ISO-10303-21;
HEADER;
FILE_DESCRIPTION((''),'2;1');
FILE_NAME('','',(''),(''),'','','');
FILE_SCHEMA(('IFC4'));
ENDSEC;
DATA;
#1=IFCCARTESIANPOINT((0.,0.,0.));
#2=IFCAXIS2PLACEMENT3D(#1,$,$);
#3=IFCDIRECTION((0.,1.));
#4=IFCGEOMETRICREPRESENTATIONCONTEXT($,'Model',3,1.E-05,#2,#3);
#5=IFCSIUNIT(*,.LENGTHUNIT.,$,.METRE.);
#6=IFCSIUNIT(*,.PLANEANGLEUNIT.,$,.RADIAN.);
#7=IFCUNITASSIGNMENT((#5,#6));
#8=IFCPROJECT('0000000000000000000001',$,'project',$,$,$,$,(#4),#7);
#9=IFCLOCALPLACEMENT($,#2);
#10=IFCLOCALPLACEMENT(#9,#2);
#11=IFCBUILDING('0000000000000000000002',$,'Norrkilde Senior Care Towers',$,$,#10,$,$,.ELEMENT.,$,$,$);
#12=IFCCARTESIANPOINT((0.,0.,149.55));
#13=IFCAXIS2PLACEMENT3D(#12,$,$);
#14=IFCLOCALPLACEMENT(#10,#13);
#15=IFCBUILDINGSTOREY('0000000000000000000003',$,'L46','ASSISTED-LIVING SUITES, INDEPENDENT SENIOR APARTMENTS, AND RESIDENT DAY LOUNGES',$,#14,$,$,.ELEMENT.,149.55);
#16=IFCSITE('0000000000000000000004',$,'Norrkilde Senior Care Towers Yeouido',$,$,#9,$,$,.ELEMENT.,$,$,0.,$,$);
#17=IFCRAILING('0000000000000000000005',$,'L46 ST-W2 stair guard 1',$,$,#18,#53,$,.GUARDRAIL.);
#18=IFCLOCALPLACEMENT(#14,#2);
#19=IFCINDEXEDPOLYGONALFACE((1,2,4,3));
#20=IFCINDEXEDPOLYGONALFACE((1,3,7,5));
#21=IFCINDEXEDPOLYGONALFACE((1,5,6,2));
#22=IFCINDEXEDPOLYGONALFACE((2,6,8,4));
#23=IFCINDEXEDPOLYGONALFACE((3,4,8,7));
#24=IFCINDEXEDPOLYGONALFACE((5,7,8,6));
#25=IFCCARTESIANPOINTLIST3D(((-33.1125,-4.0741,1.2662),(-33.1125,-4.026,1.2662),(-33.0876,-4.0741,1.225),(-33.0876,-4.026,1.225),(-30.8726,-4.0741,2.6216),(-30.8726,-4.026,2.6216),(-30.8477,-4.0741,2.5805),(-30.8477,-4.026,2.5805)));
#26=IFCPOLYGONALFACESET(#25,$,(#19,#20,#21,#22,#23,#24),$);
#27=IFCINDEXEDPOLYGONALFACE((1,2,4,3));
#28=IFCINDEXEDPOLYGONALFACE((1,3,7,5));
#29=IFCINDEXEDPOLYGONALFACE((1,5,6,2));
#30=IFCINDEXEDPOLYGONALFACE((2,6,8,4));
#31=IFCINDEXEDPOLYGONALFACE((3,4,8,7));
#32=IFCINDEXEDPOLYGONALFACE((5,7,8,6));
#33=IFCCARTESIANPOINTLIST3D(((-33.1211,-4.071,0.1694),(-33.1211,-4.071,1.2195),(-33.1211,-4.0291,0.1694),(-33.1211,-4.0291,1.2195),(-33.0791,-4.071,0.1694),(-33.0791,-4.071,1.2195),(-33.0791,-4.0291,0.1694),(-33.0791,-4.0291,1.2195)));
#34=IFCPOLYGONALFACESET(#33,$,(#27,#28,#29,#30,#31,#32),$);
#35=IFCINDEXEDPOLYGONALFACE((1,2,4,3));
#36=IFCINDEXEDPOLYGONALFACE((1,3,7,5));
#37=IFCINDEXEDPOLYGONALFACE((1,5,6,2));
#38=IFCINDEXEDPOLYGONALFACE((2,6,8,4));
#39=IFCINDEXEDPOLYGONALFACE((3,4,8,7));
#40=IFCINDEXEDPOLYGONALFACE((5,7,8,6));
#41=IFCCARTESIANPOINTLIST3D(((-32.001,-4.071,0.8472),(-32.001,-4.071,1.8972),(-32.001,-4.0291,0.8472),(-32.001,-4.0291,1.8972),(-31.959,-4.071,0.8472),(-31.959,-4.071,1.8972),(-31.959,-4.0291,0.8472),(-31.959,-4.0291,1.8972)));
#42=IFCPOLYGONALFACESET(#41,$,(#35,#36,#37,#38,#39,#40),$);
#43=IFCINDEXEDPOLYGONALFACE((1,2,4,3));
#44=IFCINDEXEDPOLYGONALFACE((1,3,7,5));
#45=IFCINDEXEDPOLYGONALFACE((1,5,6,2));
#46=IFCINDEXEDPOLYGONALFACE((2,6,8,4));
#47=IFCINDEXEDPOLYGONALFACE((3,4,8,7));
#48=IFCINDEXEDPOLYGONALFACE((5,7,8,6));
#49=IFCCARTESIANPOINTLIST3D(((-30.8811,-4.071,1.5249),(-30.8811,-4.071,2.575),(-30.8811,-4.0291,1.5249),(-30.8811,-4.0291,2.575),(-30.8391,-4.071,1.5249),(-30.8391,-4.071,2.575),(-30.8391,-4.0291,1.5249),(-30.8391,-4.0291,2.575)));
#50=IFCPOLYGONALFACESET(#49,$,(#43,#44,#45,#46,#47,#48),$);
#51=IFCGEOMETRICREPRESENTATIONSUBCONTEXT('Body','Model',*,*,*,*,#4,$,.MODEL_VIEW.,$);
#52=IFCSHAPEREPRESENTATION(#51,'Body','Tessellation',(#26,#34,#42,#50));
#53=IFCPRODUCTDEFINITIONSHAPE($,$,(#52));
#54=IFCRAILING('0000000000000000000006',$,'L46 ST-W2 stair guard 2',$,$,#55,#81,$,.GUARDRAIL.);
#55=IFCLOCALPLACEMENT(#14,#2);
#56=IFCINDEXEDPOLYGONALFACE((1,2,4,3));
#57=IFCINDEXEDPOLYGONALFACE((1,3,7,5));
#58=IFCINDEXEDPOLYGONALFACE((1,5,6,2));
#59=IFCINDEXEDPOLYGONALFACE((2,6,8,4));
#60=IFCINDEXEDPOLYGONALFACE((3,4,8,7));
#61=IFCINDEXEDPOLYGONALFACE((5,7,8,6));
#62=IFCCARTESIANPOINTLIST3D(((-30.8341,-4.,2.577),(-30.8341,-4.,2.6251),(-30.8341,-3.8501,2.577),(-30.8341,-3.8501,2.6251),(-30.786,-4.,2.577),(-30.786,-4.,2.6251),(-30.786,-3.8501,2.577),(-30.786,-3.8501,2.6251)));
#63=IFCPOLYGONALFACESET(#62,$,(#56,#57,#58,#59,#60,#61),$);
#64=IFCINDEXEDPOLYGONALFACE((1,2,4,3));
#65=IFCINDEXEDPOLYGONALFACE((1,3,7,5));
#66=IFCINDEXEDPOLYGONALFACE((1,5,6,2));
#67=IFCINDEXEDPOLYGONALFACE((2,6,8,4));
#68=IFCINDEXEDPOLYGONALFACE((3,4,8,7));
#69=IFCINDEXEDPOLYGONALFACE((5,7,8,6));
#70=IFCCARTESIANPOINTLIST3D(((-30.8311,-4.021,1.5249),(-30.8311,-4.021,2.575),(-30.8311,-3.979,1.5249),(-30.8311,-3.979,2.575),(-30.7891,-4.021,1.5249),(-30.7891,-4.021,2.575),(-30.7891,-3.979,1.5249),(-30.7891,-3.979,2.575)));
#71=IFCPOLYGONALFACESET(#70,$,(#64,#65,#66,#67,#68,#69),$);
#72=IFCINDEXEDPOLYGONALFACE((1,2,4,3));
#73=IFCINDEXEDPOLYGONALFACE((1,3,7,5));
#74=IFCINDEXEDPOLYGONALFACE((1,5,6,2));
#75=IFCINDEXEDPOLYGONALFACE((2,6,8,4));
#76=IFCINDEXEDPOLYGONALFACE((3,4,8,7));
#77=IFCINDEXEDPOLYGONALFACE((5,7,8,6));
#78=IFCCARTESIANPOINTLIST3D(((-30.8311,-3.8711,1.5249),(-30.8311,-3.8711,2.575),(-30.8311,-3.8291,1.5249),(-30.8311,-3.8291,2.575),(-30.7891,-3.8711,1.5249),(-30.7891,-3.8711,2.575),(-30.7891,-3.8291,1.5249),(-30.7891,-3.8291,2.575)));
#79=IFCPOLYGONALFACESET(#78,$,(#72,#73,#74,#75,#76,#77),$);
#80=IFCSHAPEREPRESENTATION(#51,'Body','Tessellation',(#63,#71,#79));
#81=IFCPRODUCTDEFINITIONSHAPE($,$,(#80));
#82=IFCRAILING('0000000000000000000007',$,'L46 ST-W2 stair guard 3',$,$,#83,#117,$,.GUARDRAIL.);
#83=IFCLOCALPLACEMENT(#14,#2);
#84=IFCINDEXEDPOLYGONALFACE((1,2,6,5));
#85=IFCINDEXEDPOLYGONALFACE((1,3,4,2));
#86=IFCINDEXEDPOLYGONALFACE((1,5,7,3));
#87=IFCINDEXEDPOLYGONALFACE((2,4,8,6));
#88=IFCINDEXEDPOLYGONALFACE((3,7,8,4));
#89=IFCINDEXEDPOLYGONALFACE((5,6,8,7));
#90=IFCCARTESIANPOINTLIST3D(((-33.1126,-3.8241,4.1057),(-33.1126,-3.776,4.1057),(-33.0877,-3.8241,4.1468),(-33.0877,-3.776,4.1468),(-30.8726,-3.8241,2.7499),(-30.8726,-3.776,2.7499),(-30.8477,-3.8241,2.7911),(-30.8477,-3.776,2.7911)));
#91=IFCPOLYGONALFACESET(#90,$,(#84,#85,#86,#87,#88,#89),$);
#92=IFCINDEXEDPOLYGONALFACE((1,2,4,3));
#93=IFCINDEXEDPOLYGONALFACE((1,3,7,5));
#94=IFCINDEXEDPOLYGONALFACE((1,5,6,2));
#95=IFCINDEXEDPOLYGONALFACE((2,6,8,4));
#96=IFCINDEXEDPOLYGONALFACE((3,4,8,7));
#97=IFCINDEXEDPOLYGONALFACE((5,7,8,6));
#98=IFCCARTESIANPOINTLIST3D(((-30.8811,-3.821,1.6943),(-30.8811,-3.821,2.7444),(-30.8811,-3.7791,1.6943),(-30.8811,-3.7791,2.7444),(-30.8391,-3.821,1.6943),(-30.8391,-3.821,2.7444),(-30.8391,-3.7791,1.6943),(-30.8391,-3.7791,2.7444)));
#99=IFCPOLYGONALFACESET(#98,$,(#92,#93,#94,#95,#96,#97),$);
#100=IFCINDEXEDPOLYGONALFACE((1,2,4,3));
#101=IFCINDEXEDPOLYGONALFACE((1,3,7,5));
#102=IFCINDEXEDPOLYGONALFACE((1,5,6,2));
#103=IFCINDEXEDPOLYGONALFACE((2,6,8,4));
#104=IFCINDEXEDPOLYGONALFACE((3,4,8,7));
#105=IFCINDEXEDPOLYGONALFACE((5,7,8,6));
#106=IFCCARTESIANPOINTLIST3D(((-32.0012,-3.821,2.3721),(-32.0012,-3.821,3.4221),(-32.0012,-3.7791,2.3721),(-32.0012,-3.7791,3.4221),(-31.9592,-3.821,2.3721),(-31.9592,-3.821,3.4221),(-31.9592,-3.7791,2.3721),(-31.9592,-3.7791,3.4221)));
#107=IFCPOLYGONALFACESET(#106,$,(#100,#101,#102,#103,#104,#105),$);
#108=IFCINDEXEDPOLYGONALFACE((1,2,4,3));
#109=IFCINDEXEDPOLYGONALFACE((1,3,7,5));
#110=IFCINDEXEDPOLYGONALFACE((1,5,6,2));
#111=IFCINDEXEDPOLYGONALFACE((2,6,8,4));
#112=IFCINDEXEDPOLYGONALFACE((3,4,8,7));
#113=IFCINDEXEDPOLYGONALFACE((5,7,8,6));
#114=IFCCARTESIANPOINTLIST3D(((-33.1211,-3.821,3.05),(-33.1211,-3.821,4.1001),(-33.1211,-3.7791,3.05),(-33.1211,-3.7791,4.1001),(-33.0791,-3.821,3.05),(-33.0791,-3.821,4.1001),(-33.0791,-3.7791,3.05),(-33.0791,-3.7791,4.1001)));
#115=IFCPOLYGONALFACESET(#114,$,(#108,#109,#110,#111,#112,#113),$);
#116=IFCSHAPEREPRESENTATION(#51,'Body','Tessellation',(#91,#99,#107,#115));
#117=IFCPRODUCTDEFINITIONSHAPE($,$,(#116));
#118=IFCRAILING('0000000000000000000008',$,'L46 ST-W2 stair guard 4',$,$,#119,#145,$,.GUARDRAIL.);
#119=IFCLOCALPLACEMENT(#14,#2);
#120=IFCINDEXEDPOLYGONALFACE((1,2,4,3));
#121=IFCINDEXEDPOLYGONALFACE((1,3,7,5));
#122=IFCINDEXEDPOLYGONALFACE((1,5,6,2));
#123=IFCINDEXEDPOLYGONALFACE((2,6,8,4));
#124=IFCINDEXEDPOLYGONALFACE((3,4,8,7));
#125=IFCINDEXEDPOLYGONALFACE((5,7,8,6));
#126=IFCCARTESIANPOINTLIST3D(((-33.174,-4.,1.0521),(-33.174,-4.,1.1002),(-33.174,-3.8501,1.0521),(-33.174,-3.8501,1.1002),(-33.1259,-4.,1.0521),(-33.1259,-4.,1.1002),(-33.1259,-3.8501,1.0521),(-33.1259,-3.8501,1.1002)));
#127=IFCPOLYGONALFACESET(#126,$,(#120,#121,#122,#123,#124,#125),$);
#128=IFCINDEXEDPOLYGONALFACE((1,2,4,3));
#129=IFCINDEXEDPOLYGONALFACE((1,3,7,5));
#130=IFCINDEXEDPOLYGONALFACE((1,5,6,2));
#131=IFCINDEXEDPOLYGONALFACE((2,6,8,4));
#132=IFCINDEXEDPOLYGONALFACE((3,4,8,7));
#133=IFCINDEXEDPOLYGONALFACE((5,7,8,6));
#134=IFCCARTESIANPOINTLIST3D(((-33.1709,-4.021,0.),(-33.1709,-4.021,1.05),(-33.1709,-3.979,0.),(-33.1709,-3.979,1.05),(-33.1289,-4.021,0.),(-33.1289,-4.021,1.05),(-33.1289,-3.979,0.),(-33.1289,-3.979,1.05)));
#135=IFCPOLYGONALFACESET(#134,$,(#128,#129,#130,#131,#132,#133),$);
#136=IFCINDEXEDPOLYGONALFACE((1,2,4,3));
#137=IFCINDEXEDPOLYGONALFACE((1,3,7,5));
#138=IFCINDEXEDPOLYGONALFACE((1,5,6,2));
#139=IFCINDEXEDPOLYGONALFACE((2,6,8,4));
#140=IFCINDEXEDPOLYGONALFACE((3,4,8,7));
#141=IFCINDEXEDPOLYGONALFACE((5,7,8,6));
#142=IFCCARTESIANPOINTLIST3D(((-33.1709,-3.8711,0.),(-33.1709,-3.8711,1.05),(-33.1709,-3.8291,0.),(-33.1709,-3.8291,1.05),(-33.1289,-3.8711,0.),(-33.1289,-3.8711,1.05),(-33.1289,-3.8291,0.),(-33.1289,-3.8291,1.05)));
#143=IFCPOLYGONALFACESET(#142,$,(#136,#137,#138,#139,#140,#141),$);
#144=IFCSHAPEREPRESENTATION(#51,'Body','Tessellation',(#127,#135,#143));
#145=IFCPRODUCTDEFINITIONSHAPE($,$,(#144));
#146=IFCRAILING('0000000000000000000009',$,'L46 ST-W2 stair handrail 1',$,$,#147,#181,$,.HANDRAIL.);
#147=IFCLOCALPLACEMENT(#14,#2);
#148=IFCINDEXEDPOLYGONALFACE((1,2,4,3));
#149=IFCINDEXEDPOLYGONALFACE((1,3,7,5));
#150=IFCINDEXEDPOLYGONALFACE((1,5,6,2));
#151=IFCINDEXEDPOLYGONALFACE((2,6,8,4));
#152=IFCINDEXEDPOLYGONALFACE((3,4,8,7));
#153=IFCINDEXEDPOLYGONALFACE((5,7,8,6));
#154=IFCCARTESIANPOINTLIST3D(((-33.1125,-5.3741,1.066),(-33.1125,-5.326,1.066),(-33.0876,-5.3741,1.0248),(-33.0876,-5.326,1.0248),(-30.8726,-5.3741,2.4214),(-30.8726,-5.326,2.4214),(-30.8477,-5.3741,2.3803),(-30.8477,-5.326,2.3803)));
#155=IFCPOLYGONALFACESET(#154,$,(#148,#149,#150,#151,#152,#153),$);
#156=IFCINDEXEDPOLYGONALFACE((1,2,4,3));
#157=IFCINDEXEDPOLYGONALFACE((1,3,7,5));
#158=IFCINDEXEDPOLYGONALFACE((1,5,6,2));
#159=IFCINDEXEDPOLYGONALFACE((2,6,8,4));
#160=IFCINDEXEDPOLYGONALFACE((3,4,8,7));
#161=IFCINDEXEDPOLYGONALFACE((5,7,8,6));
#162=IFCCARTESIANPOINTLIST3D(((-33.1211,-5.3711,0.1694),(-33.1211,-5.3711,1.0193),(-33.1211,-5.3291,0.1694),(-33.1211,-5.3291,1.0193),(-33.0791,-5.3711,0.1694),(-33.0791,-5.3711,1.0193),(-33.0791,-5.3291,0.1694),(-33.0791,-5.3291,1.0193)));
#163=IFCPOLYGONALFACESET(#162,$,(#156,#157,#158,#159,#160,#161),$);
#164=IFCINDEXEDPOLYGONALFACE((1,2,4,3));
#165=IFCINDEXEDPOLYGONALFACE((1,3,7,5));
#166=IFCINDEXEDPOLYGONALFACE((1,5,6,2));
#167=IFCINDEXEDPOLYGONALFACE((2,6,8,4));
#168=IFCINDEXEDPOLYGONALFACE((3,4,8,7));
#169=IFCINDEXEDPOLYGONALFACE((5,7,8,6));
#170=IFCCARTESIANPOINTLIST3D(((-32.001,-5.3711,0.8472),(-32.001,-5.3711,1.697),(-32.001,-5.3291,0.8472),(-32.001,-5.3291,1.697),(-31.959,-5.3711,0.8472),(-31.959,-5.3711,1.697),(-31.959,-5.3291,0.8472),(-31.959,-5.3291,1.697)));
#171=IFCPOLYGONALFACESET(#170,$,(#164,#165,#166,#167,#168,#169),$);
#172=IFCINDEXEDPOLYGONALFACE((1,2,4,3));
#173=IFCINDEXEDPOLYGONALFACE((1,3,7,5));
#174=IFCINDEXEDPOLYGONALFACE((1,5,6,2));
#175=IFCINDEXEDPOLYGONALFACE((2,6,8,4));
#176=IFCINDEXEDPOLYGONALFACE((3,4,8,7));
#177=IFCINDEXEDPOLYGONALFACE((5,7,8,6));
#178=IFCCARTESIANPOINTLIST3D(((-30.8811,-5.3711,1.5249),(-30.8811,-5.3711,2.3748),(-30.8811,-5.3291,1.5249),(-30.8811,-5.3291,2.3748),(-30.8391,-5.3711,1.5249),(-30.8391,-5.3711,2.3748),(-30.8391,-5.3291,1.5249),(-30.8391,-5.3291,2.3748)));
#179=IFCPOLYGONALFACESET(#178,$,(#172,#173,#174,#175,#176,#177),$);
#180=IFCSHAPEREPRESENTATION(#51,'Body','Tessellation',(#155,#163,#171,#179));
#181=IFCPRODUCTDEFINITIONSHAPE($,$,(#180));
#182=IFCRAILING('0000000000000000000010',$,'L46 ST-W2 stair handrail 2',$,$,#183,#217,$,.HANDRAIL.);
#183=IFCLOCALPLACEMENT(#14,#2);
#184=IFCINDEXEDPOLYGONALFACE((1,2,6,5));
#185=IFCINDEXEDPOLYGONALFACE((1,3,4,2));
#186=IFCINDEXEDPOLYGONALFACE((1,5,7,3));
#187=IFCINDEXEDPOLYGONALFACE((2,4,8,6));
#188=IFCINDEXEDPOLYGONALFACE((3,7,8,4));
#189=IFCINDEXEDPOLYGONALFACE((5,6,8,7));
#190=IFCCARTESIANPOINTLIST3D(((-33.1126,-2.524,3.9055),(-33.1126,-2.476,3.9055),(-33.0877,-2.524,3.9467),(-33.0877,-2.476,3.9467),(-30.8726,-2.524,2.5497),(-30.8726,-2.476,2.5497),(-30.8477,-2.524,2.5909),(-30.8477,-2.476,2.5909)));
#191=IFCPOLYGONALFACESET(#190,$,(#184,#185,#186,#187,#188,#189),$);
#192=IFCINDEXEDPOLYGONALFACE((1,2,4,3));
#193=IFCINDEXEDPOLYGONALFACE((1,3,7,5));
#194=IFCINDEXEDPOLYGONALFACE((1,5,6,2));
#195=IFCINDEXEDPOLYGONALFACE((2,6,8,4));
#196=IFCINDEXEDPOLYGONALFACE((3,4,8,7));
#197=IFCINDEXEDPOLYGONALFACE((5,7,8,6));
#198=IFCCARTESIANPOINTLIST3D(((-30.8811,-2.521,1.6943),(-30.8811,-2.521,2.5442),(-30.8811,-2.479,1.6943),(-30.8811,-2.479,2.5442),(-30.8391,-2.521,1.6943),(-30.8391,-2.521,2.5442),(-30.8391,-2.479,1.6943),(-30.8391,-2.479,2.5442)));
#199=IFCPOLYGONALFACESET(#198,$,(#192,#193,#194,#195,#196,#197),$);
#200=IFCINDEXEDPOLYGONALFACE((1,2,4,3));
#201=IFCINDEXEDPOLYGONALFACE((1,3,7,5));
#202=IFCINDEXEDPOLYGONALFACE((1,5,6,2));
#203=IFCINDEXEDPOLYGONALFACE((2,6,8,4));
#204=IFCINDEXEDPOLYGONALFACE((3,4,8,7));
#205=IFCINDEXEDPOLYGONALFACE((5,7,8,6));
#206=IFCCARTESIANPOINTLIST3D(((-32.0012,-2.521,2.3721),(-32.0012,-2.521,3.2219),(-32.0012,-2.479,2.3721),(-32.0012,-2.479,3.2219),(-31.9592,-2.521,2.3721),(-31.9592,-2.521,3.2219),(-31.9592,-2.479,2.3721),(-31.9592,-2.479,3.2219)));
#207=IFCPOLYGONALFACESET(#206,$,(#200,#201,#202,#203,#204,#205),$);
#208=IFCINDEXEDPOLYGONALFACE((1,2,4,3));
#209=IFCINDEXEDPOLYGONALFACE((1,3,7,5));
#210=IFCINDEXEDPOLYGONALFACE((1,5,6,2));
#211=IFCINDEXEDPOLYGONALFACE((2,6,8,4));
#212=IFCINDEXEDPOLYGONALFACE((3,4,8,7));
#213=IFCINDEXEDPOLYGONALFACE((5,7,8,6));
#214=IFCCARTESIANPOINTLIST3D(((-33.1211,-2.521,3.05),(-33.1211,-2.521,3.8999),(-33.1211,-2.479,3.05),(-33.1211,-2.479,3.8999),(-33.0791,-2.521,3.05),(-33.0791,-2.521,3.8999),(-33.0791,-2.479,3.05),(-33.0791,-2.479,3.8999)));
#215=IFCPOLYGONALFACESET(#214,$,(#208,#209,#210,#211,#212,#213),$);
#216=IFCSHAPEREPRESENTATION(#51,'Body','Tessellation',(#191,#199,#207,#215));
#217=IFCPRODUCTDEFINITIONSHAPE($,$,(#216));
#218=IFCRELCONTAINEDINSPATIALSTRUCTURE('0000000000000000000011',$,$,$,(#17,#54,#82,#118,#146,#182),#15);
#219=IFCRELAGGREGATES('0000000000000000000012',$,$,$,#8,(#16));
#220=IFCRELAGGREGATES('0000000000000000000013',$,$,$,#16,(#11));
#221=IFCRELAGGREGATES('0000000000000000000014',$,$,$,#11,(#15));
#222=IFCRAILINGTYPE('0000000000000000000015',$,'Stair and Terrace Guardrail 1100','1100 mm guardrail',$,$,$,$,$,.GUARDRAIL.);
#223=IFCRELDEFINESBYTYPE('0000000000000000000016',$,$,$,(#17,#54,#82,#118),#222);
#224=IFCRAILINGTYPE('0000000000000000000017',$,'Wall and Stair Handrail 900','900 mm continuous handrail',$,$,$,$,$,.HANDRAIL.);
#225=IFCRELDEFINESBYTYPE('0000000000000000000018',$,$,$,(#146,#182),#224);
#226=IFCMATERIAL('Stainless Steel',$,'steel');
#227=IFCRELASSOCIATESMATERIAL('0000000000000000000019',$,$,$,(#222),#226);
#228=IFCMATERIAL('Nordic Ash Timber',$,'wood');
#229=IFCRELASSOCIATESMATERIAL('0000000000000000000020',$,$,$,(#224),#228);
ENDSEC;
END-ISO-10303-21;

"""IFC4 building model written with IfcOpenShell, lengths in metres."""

from ifc_helpers import new_model, si_unit, direction, frame, origin, origin_2d, place, context, subcontext, project, spatial, rectangle, extrude, material, type_object, element, save


model = new_model("IFC4")

# Units and contexts
model_context = context("Model", 3, precision=1e-05, world=origin(), true_north=direction((0.0, 1.0)))
body_context = subcontext(model_context, "Body", "Model", "MODEL_VIEW")
ifc_project = project(units=[si_unit("LENGTHUNIT", "METRE"), si_unit("PLANEANGLEUNIT", "RADIAN")], contexts=[model_context])

# Site, building, storey
site_placement = place(None, origin())
site = spatial("IfcSite", under=ifc_project, at=site_placement, Name="Norrkilde Senior Care Towers Yeouido", CompositionType="ELEMENT", RefElevation=0.0)
building_placement = place(site_placement, origin())
building = spatial("IfcBuilding", under=site, at=building_placement, Name="Norrkilde Senior Care Towers", CompositionType="ELEMENT")
storey_placement = place(building_placement, frame((0.0, 0.0, 149.55)))
storey = spatial("IfcBuildingStorey", under=building, at=storey_placement, Name="L46", Description="ASSISTED-LIVING SUITES, INDEPENDENT SENIOR APARTMENTS, AND RESIDENT DAY LOUNGES", CompositionType="ELEMENT", Elevation=149.55)

# Shared definitions
ifc_material_1 = material(Name="Nordic Ash Timber", Category="wood")

# Railings
ifc_material_2 = material(Name="Stainless Steel", Category="steel")
railing_type_1 = type_object("IfcRailingType", Name="Stair and Terrace Guardrail 1100", Description="1100 mm guardrail", PredefinedType="GUARDRAIL", material=ifc_material_2)
railing_1_placement = place(storey_placement, frame((-33.1001, -4.05, 0.1694)))
element("IfcRailing", 1, at=railing_1_placement, inside=storey, type_object=railing_type_1, Name="L46 ST-W2 stair guard 1", PredefinedType="GUARDRAIL", context=body_context, shape_type="SweptSolid", body=[
    extrude(rectangle(XDim=0.0481, YDim=0.0481, at=origin_2d()), frame((0.0, 0.0, 1.0762), z_axis=(0.855553, 0.0, 0.517715), x_axis=(0.0, 1.0, 0.0)), (0.0, 0.0, 1.0), 2.6182),
    extrude(rectangle(XDim=0.042, YDim=0.042, at=origin_2d()), origin(), (0.0, 0.0, 1.0), 1.05),
    extrude(rectangle(XDim=0.042, YDim=0.042, at=origin_2d()), frame((1.1201, 0.0, 0.6777)), (0.0, 0.0, 1.0), 1.05),
    extrude(rectangle(XDim=0.042, YDim=0.042, at=origin_2d()), frame((2.24, 0.0, 1.3555)), (0.0, 0.0, 1.0), 1.05),
])
railing_2_placement = place(storey_placement, frame((-30.8101, -4.0, 1.5249)))
element("IfcRailing", 2, at=railing_2_placement, inside=storey, type_object=railing_type_1, Name="L46 ST-W2 stair guard 2", PredefinedType="GUARDRAIL", context=body_context, shape_type="SweptSolid", body=[
    extrude(rectangle(XDim=0.0481, YDim=0.0481, at=origin_2d()), frame((0.0, 0.0, 1.0762), z_axis=(0.0, 1.0, 0.0), x_axis=(-1.0, 0.0, 0.0)), (0.0, 0.0, 1.0), 0.1499),
    extrude(rectangle(XDim=0.042, YDim=0.042, at=origin_2d()), origin(), (0.0, 0.0, 1.0), 1.05),
    extrude(rectangle(XDim=0.042, YDim=0.042, at=origin_2d()), frame((0.0, 0.1499, 0.0)), (0.0, 0.0, 1.0), 1.05),
])
railing_3_placement = place(storey_placement, frame((-30.8601, -3.8, 1.6943)))
element("IfcRailing", 3, at=railing_3_placement, inside=storey, type_object=railing_type_1, Name="L46 ST-W2 stair guard 3", PredefinedType="GUARDRAIL", context=body_context, shape_type="SweptSolid", body=[
    extrude(rectangle(XDim=0.0481, YDim=0.0481, at=origin_2d()), frame((0.0, 0.0, 1.0762), z_axis=(-0.855512, 0.0, 0.517783), x_axis=(0.0, -1.0, 0.0)), (0.0, 0.0, 1.0), 2.6184),
    extrude(rectangle(XDim=0.042, YDim=0.042, at=origin_2d()), origin(), (0.0, 0.0, 1.0), 1.05),
    extrude(rectangle(XDim=0.042, YDim=0.042, at=origin_2d()), frame((-1.1201, 0.0, 0.6777)), (0.0, 0.0, 1.0), 1.05),
    extrude(rectangle(XDim=0.042, YDim=0.042, at=origin_2d()), frame((-2.24, 0.0, 1.3557)), (0.0, 0.0, 1.0), 1.05),
])
railing_4_placement = place(storey_placement, frame((-33.1499, -4.0, 0.0)))
element("IfcRailing", 4, at=railing_4_placement, inside=storey, type_object=railing_type_1, Name="L46 ST-W2 stair guard 4", PredefinedType="GUARDRAIL", context=body_context, shape_type="SweptSolid", body=[
    extrude(rectangle(XDim=0.0481, YDim=0.0481, at=origin_2d()), frame((0.0, 0.0, 1.0762), z_axis=(0.0, 1.0, 0.0), x_axis=(-1.0, 0.0, 0.0)), (0.0, 0.0, 1.0), 0.1499),
    extrude(rectangle(XDim=0.042, YDim=0.042, at=origin_2d()), origin(), (0.0, 0.0, 1.0), 1.05),
    extrude(rectangle(XDim=0.042, YDim=0.042, at=origin_2d()), frame((0.0, 0.1499, 0.0)), (0.0, 0.0, 1.0), 1.05),
])
railing_type_2 = type_object("IfcRailingType", Name="Wall and Stair Handrail 900", Description="900 mm continuous handrail", PredefinedType="HANDRAIL", material=ifc_material_1)
railing_5_placement = place(storey_placement, frame((-33.1001, -5.3501, 0.1694)))
element("IfcRailing", 5, at=railing_5_placement, inside=storey, type_object=railing_type_2, Name="L46 ST-W2 stair handrail 1", PredefinedType="HANDRAIL", context=body_context, shape_type="SweptSolid", body=[
    extrude(rectangle(XDim=0.0481, YDim=0.0481, at=origin_2d()), frame((0.0, 0.0, 0.876), z_axis=(0.855553, 0.0, 0.517715), x_axis=(0.0, 1.0, 0.0)), (0.0, 0.0, 1.0), 2.6182),
    extrude(rectangle(XDim=0.042, YDim=0.042, at=origin_2d()), origin(), (0.0, 0.0, 1.0), 0.8499),
    extrude(rectangle(XDim=0.042, YDim=0.042, at=origin_2d()), frame((1.1201, 0.0, 0.6777)), (0.0, 0.0, 1.0), 0.8499),
    extrude(rectangle(XDim=0.042, YDim=0.042, at=origin_2d()), frame((2.24, 0.0, 1.3555)), (0.0, 0.0, 1.0), 0.8499),
])
railing_6_placement = place(storey_placement, frame((-30.8601, -2.5, 1.6943)))
element("IfcRailing", 6, at=railing_6_placement, inside=storey, type_object=railing_type_2, Name="L46 ST-W2 stair handrail 2", PredefinedType="HANDRAIL", context=body_context, shape_type="SweptSolid", body=[
    extrude(rectangle(XDim=0.0481, YDim=0.0481, at=origin_2d()), frame((0.0, 0.0, 0.876), z_axis=(-0.855512, 0.0, 0.517783), x_axis=(0.0, -1.0, 0.0)), (0.0, 0.0, 1.0), 2.6184),
    extrude(rectangle(XDim=0.042, YDim=0.042, at=origin_2d()), origin(), (0.0, 0.0, 1.0), 0.8499),
    extrude(rectangle(XDim=0.042, YDim=0.042, at=origin_2d()), frame((-1.1201, 0.0, 0.6777)), (0.0, 0.0, 1.0), 0.8499),
    extrude(rectangle(XDim=0.042, YDim=0.042, at=origin_2d()), frame((-2.24, 0.0, 1.3557)), (0.0, 0.0, 1.0), 0.8499),
])

save(model, "model.ifc")
